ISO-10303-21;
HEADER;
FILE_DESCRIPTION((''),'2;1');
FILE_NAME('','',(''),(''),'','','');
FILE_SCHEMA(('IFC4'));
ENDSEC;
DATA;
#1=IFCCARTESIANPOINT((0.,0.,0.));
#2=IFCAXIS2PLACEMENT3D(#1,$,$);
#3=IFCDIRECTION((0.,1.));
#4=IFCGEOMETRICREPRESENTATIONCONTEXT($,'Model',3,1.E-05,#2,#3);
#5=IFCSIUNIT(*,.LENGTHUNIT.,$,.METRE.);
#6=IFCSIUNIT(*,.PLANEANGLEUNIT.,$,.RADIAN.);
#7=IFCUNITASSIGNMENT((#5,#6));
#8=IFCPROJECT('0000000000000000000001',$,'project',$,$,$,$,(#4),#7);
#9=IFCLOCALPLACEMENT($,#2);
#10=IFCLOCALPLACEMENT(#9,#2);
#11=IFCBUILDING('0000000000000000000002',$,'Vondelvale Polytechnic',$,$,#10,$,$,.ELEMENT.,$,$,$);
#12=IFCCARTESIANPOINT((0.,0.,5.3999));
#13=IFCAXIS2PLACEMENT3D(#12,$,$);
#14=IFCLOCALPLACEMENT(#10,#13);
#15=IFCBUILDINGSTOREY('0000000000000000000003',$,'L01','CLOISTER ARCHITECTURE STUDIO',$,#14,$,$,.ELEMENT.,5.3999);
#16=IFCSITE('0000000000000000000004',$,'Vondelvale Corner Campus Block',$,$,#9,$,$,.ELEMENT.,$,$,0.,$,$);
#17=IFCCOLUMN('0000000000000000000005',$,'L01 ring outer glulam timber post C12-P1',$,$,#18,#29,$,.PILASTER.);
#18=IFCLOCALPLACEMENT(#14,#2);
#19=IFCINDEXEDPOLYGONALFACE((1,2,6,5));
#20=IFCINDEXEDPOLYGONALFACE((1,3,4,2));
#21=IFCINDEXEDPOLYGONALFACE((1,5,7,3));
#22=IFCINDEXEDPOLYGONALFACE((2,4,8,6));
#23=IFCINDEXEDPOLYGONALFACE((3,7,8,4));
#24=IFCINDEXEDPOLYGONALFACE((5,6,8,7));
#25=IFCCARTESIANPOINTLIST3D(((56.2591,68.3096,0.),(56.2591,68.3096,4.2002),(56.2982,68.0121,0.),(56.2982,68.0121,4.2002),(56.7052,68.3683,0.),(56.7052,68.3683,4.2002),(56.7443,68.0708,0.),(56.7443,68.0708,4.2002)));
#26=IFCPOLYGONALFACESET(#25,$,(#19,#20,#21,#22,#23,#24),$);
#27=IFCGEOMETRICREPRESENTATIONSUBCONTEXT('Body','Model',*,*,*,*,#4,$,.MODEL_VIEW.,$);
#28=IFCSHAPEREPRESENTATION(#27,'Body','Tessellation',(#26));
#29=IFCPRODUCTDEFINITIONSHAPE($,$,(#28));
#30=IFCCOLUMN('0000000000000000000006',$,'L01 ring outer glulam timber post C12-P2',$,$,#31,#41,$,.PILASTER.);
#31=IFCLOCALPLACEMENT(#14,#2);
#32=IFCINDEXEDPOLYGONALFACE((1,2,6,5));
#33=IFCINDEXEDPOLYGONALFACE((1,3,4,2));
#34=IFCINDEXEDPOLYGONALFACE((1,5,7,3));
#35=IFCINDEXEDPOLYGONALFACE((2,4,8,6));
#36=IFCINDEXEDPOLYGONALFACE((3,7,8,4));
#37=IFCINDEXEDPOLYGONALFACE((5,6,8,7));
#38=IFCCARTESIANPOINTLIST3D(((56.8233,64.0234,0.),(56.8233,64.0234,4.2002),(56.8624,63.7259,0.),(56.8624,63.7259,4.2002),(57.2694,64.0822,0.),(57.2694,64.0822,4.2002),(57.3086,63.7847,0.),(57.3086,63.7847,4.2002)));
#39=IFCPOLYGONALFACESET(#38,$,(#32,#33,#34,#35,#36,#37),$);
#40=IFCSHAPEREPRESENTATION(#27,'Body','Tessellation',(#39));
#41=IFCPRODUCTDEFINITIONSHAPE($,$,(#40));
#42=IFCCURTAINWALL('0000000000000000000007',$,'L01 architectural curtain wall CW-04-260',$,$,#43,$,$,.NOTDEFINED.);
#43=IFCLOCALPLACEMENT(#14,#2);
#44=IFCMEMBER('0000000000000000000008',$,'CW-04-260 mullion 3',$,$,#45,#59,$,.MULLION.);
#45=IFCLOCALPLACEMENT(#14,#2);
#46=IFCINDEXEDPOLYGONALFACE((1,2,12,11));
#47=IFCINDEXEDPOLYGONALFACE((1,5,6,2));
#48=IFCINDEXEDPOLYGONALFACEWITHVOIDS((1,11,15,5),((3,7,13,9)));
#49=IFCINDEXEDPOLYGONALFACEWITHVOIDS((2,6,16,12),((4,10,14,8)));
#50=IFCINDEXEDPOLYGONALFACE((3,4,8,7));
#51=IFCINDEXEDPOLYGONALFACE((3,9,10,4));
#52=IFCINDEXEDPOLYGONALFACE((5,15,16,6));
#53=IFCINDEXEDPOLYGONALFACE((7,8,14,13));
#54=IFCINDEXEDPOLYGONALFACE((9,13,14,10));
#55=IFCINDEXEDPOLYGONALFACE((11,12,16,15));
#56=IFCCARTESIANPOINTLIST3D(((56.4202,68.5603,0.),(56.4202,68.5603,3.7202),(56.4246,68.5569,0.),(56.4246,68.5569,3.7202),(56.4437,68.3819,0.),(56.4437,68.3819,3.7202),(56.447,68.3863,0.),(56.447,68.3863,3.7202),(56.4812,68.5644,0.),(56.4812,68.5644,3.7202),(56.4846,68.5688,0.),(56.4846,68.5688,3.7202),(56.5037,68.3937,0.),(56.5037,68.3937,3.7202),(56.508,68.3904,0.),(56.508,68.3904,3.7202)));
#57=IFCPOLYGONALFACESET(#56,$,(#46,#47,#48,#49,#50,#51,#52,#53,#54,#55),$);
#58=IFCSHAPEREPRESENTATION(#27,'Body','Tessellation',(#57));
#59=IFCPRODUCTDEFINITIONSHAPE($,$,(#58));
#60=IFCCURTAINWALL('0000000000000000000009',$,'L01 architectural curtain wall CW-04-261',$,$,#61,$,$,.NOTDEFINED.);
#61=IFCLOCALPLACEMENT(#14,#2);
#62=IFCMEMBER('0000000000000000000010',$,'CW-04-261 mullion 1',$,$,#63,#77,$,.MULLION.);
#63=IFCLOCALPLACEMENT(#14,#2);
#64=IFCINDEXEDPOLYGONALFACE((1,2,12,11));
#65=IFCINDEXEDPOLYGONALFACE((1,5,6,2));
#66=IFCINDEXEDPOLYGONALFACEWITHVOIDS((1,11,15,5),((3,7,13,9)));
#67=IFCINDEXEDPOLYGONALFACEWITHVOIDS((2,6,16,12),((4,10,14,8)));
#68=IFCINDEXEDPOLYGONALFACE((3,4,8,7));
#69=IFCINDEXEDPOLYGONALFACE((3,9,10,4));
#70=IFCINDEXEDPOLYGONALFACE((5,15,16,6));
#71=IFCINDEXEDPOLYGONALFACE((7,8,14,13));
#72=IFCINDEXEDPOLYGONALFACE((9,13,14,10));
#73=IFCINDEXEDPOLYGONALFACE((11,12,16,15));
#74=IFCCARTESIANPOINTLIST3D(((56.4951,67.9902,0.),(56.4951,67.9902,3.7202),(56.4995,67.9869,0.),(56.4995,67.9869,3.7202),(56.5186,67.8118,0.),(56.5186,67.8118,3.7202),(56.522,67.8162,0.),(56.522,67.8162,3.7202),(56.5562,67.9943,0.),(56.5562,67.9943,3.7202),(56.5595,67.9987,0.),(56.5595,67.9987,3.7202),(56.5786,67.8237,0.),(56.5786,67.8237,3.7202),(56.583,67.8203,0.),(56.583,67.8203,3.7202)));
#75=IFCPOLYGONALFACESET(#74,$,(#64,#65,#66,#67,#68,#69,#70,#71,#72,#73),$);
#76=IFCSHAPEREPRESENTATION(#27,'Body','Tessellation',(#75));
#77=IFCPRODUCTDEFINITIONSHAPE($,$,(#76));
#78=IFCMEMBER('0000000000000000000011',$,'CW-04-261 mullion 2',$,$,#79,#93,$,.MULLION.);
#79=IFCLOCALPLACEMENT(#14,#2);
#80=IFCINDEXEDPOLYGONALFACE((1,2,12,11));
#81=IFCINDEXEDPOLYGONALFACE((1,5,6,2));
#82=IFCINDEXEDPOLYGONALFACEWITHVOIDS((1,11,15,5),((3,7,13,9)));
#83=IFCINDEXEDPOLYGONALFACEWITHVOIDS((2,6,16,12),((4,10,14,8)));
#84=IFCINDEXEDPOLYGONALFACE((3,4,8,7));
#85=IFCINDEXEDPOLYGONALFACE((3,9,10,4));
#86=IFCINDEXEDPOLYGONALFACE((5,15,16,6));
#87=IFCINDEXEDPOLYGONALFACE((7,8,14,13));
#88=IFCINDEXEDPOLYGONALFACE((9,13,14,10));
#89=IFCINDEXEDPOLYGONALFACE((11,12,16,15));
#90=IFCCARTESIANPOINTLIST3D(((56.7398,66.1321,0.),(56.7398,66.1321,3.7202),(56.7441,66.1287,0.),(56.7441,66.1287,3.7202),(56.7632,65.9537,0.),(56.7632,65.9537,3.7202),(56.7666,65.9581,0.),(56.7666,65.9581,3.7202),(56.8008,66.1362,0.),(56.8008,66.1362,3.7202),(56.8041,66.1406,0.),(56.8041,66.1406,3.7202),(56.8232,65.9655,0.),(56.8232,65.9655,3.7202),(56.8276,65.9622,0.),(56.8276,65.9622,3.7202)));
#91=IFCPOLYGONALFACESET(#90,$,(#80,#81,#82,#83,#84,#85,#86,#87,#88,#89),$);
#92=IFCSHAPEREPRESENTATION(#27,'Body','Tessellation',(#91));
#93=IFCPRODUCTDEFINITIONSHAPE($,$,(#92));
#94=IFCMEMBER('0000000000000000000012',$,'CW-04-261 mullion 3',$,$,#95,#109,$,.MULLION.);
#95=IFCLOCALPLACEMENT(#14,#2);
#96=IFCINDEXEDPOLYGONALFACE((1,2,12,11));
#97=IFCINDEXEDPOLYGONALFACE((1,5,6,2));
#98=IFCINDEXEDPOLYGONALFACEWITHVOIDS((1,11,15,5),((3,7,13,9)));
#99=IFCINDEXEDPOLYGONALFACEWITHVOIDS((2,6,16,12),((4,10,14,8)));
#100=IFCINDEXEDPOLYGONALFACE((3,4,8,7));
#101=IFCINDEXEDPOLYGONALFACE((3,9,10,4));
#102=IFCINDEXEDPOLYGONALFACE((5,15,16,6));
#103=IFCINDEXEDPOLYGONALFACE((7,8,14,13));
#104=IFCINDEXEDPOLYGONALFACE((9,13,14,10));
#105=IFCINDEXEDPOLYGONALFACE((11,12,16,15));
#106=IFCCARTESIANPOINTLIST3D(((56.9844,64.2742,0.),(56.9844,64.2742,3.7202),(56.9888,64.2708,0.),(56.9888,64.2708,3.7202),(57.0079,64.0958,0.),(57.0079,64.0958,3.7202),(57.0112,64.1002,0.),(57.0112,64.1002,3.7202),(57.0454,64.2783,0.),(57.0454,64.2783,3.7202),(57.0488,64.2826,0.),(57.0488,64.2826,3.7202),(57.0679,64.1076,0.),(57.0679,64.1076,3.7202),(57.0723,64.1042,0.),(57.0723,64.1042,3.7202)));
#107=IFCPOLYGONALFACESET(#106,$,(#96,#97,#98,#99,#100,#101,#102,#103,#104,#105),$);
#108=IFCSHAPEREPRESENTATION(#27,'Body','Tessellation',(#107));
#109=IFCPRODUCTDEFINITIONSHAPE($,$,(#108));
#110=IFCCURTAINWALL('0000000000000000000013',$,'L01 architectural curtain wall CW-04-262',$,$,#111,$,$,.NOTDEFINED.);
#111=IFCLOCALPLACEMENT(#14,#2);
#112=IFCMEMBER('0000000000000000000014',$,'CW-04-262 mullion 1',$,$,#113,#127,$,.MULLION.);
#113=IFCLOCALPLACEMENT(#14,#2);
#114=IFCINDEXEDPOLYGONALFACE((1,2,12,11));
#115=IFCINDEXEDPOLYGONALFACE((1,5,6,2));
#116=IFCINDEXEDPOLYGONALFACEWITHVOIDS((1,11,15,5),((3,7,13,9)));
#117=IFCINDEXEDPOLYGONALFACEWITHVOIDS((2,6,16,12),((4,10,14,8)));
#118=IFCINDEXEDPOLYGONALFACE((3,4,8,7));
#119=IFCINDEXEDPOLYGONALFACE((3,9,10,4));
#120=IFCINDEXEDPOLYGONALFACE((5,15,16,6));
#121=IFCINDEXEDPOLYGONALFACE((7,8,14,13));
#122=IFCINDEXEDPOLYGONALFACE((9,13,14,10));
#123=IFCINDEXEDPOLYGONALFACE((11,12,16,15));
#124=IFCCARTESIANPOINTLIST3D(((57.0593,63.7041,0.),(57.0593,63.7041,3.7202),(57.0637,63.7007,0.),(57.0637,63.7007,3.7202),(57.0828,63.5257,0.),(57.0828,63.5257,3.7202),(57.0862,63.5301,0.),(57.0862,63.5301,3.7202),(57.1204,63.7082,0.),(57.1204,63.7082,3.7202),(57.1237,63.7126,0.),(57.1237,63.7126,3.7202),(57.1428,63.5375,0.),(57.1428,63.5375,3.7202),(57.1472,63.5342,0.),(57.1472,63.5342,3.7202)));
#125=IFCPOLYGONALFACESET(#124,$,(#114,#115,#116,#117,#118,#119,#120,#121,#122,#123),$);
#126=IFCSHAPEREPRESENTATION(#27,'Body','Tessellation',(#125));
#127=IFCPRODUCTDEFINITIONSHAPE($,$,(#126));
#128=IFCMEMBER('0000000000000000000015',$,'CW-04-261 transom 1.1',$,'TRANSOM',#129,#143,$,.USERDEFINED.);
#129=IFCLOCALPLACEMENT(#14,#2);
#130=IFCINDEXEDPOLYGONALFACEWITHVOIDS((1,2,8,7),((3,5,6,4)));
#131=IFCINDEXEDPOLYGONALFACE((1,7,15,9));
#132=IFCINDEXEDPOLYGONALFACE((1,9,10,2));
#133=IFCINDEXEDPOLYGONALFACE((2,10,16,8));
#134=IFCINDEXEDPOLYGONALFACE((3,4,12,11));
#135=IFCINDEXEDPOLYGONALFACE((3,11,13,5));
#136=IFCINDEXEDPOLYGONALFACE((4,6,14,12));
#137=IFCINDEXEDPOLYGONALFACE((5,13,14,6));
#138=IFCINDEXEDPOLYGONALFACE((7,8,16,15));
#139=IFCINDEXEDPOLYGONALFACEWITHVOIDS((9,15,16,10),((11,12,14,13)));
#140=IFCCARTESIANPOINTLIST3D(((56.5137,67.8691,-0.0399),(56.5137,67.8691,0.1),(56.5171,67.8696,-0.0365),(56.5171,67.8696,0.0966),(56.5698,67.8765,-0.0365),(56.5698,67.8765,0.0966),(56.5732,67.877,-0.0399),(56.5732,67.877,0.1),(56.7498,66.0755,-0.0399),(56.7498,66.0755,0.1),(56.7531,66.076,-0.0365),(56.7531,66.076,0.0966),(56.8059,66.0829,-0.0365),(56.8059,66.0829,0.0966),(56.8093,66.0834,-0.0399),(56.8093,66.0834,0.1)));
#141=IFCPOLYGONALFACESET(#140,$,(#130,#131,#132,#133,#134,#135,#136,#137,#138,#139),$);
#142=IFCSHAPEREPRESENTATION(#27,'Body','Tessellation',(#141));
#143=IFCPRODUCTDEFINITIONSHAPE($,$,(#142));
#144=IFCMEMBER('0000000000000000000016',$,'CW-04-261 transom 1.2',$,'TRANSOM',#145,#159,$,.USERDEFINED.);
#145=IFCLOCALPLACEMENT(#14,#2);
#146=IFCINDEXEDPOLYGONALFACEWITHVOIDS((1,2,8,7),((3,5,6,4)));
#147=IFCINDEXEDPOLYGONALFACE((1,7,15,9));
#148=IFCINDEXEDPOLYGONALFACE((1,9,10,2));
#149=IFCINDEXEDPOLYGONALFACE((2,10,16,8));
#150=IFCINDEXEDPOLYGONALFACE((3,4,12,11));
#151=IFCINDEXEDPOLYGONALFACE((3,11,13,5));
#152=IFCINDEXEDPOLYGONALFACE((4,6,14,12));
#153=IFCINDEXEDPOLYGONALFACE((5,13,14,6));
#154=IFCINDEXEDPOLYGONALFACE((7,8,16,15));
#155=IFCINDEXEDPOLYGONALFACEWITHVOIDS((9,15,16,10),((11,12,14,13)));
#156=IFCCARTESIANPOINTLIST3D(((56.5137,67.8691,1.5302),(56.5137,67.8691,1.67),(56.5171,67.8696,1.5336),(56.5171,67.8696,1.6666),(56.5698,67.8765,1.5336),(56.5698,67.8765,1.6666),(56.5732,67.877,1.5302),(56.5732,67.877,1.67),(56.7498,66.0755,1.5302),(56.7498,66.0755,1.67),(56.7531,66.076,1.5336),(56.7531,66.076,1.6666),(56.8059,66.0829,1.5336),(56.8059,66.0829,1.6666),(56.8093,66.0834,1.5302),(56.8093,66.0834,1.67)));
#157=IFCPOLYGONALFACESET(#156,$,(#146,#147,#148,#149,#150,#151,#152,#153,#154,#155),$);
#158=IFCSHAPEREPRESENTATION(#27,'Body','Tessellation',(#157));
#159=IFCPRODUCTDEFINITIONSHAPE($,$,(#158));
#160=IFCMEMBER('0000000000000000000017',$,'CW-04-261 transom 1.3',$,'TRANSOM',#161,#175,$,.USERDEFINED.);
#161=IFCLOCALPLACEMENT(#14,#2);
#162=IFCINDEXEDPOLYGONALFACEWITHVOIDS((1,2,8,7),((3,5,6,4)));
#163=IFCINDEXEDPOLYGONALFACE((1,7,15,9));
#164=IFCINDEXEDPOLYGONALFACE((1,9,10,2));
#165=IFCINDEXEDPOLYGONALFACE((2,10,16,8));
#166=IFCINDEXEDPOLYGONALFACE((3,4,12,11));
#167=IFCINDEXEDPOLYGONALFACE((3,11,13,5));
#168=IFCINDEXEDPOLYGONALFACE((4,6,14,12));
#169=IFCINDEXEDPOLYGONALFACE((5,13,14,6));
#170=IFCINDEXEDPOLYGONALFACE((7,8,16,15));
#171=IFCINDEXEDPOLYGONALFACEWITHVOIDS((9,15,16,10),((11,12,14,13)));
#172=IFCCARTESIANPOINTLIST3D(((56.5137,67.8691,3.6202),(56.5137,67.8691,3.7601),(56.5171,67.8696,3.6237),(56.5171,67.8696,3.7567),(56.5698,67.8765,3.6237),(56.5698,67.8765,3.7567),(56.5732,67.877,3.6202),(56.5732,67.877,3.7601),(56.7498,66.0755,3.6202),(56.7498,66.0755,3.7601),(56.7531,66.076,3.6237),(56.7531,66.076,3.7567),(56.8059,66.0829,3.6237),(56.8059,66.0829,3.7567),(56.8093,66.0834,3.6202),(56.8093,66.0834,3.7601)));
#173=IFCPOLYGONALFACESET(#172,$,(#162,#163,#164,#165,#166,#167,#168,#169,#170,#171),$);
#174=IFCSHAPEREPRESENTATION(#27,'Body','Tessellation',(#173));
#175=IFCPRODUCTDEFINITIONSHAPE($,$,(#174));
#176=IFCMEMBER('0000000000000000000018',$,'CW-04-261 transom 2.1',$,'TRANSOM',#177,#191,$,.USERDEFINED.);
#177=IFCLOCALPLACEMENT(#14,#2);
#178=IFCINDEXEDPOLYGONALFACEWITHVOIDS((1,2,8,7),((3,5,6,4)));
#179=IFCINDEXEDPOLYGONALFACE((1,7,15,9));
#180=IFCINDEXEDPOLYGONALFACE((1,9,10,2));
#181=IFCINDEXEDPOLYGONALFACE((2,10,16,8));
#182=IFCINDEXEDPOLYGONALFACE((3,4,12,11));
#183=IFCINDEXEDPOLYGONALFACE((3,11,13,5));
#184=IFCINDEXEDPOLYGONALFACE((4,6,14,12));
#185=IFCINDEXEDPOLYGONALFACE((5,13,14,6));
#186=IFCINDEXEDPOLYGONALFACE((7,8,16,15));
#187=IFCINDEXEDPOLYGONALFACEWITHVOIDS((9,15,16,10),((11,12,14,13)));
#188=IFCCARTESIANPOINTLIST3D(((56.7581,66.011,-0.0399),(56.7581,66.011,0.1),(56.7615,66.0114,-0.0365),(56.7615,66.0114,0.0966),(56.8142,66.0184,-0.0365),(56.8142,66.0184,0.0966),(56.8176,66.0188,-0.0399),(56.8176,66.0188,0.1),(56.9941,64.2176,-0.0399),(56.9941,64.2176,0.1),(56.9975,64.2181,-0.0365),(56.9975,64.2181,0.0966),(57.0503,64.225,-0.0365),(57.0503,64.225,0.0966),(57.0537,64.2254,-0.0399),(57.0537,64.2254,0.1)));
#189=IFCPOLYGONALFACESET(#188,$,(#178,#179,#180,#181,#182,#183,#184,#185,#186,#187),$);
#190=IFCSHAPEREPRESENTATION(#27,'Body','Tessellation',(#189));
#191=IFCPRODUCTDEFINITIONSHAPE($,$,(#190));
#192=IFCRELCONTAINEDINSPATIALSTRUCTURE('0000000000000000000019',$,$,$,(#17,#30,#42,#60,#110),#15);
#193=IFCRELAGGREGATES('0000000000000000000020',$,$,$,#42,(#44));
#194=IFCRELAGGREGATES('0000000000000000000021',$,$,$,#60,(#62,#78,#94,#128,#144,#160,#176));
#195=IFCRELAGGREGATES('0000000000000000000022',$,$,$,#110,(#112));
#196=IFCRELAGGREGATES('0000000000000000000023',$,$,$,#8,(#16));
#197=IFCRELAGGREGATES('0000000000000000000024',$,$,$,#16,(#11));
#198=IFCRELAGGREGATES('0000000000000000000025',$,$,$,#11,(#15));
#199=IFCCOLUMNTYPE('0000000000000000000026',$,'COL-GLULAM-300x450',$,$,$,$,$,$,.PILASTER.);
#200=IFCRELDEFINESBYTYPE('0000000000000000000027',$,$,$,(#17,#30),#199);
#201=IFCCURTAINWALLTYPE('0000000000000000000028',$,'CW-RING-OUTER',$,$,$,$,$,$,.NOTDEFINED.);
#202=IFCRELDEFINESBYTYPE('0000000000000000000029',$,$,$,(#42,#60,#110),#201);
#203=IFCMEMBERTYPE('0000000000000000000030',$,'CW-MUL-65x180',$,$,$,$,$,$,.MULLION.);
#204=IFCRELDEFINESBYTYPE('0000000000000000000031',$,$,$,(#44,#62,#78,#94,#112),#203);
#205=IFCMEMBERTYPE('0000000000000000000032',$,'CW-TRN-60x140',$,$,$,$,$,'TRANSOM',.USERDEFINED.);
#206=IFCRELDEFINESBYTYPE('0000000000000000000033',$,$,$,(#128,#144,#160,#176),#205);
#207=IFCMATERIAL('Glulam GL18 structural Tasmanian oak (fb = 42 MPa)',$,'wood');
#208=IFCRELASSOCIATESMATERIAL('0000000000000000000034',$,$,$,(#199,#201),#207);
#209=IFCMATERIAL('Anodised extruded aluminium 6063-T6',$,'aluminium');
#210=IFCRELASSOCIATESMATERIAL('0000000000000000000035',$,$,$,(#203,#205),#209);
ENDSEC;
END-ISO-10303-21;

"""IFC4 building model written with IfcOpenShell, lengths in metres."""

from ifc_helpers import new_model, si_unit, direction, frame, origin, origin_2d, place, context, subcontext, project, spatial, rectangle, hollow_rectangle, extrude, material, material_profile, profile_set, type_object, element, aggregate, save


model = new_model("IFC4")

# Units and contexts
model_context = context("Model", 3, precision=1e-05, world=origin(), true_north=direction((0.0, 1.0)))
body_context = subcontext(model_context, "Body", "Model", "MODEL_VIEW")
ifc_project = project(units=[si_unit("LENGTHUNIT", "METRE"), si_unit("PLANEANGLEUNIT", "RADIAN")], contexts=[model_context])

# Site, building, storey
site_placement = place(None, origin())
site = spatial("IfcSite", under=ifc_project, at=site_placement, Name="Vondelvale Corner Campus Block", CompositionType="ELEMENT", RefElevation=0.0)
building_placement = place(site_placement, origin())
building = spatial("IfcBuilding", under=site, at=building_placement, Name="Vondelvale Polytechnic", CompositionType="ELEMENT")
storey_placement = place(building_placement, frame((0.0, 0.0, 5.3999)))
storey = spatial("IfcBuildingStorey", under=building, at=storey_placement, Name="L01", Description="CLOISTER ARCHITECTURE STUDIO", CompositionType="ELEMENT", Elevation=5.3999)

# Columns
ifc_material_1 = material(Name="Glulam GL18 structural Tasmanian oak (fb = 42 MPa)", Category="wood")
ifc_material_profile_1 = material_profile(ifc_material_1, rectangle(XDim=0.3, YDim=0.45, at=origin_2d()), Name="GL-POST-300x450")
ifc_profile_set_1 = profile_set([ifc_material_profile_1], Name="Glulam GL18 structural Tasmanian oak (fb = 42 MPa)")
column_type = type_object("IfcColumnType", Name="COL-GLULAM-300x450", PredefinedType="PILASTER", material=ifc_profile_set_1)
for number, where, z_axis, x_axis, name in (
    (1, (56.5017, 68.1902, 0.0), (0.0, 0.0, 1.0), (-0.130526, 0.991445, 0.0), "L01 ring outer glulam timber post C12-P1"),
    (2, (57.0659, 63.9041, 0.0), (0.0, 0.0, 1.0), (-0.130526, 0.991445, 0.0), "L01 ring outer glulam timber post C12-P2"),
):
    element("IfcColumn", number, at=place(storey_placement, frame(where, z_axis=z_axis, x_axis=x_axis)), inside=storey, type_object=column_type, Name=name, PredefinedType="PILASTER", context=body_context, shape_type="SweptSolid", body=[
        extrude(rectangle(XDim=0.3, YDim=0.45, at=origin_2d()), origin(), (0.0, 0.0, 1.0), 4.2002),
    ])

# Curtain wall, member
curtain_wall_type = type_object("IfcCurtainWallType", Name="CW-RING-OUTER", PredefinedType="NOTDEFINED", material=ifc_material_1)
curtain_wall_1_placement = place(storey_placement, origin())
curtain_wall_1 = element("IfcCurtainWall", 3, at=curtain_wall_1_placement, inside=storey, type_object=curtain_wall_type, Name="L01 architectural curtain wall CW-04-260", PredefinedType="NOTDEFINED")
ifc_material_2 = material(Name="Anodised extruded aluminium 6063-T6", Category="aluminium")
ifc_material_profile_2 = material_profile(ifc_material_2, hollow_rectangle(XDim=0.0649, YDim=0.1799, WallThickness=0.0039, at=origin_2d()), Name="CW-MUL-180x65")
ifc_profile_set_2 = profile_set([ifc_material_profile_2], Name="Anodised extruded aluminium 6063-T6")
member_type_1 = type_object("IfcMemberType", Name="CW-MUL-65x180", PredefinedType="MULLION", material=ifc_profile_set_2)
member_1_placement = place(storey_placement, frame((56.4641, 68.4753, 0.0), z_axis=(0.0, 0.0, 1.0), x_axis=(0.991443, 0.13054, 0.0)))
member_1 = element("IfcMember", 4, at=member_1_placement, type_object=member_type_1, Name="CW-04-260 mullion 3", PredefinedType="MULLION", context=body_context, shape_type="SweptSolid", body=[
    extrude(hollow_rectangle(XDim=0.0649, YDim=0.1799, WallThickness=0.0039, at=origin_2d()), origin(), (0.0, 0.0, 1.0), 3.7202),
])

# Curtain wall, members
curtain_wall_2_placement = place(storey_placement, origin())
curtain_wall_2 = element("IfcCurtainWall", 5, at=curtain_wall_2_placement, inside=storey, type_object=curtain_wall_type, Name="L01 architectural curtain wall CW-04-261", PredefinedType="NOTDEFINED")
member_2_placement = place(storey_placement, frame((56.5391, 67.9053, 0.0), z_axis=(0.0, 0.0, 1.0), x_axis=(0.991449, 0.130497, 0.0)))
member_2 = element("IfcMember", 6, at=member_2_placement, type_object=member_type_1, Name="CW-04-261 mullion 1", PredefinedType="MULLION", context=body_context, shape_type="SweptSolid", body=[
    extrude(hollow_rectangle(XDim=0.0649, YDim=0.1799, WallThickness=0.0039, at=origin_2d()), origin(), (0.0, 0.0, 1.0), 3.7202),
])
member_3_placement = place(storey_placement, frame((56.7837, 66.0471, 0.0), z_axis=(0.0, 0.0, 1.0), x_axis=(0.991449, 0.130497, 0.0)))
member_3 = element("IfcMember", 7, at=member_3_placement, type_object=member_type_1, Name="CW-04-261 mullion 2", PredefinedType="MULLION", context=body_context, shape_type="SweptSolid", body=[
    extrude(hollow_rectangle(XDim=0.0649, YDim=0.1799, WallThickness=0.0039, at=origin_2d()), origin(), (0.0, 0.0, 1.0), 3.7202),
])
member_4_placement = place(storey_placement, frame((57.0283, 64.1892, 0.0), z_axis=(0.0, 0.0, 1.0), x_axis=(0.991449, 0.130497, 0.0)))
member_4 = element("IfcMember", 8, at=member_4_placement, type_object=member_type_1, Name="CW-04-261 mullion 3", PredefinedType="MULLION", context=body_context, shape_type="SweptSolid", body=[
    extrude(hollow_rectangle(XDim=0.0649, YDim=0.1799, WallThickness=0.0039, at=origin_2d()), origin(), (0.0, 0.0, 1.0), 3.7202),
])

# Curtain wall, member
curtain_wall_3_placement = place(storey_placement, origin())
curtain_wall_3 = element("IfcCurtainWall", 9, at=curtain_wall_3_placement, inside=storey, type_object=curtain_wall_type, Name="L01 architectural curtain wall CW-04-262", PredefinedType="NOTDEFINED")
member_5_placement = place(storey_placement, frame((57.1033, 63.6191, 0.0), z_axis=(0.0, 0.0, 1.0), x_axis=(0.991443, 0.13054, 0.0)))
member_5 = element("IfcMember", 10, at=member_5_placement, type_object=member_type_1, Name="CW-04-262 mullion 1", PredefinedType="MULLION", context=body_context, shape_type="SweptSolid", body=[
    extrude(hollow_rectangle(XDim=0.0649, YDim=0.1799, WallThickness=0.0039, at=origin_2d()), origin(), (0.0, 0.0, 1.0), 3.7202),
])

# Members
ifc_material_profile_3 = material_profile(ifc_material_2, hollow_rectangle(XDim=0.0601, YDim=0.1399, WallThickness=0.0034, at=origin_2d()), Name="CW-TRN-140x60")
ifc_profile_set_3 = profile_set([ifc_material_profile_3], Name="Anodised extruded aluminium 6063-T6")
member_type_2 = type_object("IfcMemberType", Name="CW-TRN-60x140", ElementType="TRANSOM", PredefinedType="USERDEFINED", material=ifc_profile_set_3)
member_6_placement = place(storey_placement, frame((56.5435, 67.873, 0.03), z_axis=(0.130493, -0.991449, 0.0), x_axis=(0.991449, 0.130493, 0.0)))
member_6 = element("IfcMember", 11, at=member_6_placement, type_object=member_type_2, Name="CW-04-261 transom 1.1", ObjectType="TRANSOM", PredefinedType="USERDEFINED", context=body_context, shape_type="SweptSolid", body=[
    extrude(hollow_rectangle(XDim=0.0601, YDim=0.1399, WallThickness=0.0034, at=origin_2d()), origin(), (0.0, 0.0, 1.0), 1.8091),
])
member_7_placement = place(storey_placement, frame((56.5435, 67.873, 1.6001), z_axis=(0.130493, -0.991449, 0.0), x_axis=(0.991449, 0.130493, 0.0)))
member_7 = element("IfcMember", 12, at=member_7_placement, type_object=member_type_2, Name="CW-04-261 transom 1.2", ObjectType="TRANSOM", PredefinedType="USERDEFINED", context=body_context, shape_type="SweptSolid", body=[
    extrude(hollow_rectangle(XDim=0.0601, YDim=0.1399, WallThickness=0.0034, at=origin_2d()), origin(), (0.0, 0.0, 1.0), 1.8091),
])
member_8_placement = place(storey_placement, frame((56.5435, 67.873, 3.6902), z_axis=(0.130493, -0.991449, 0.0), x_axis=(0.991449, 0.130493, 0.0)))
member_8 = element("IfcMember", 13, at=member_8_placement, type_object=member_type_2, Name="CW-04-261 transom 1.3", ObjectType="TRANSOM", PredefinedType="USERDEFINED", context=body_context, shape_type="SweptSolid", body=[
    extrude(hollow_rectangle(XDim=0.0601, YDim=0.1399, WallThickness=0.0034, at=origin_2d()), origin(), (0.0, 0.0, 1.0), 1.8091),
])
member_9_placement = place(storey_placement, frame((56.7878, 66.0149, 0.03), z_axis=(0.13051, -0.991447, 0.0), x_axis=(0.991447, 0.13051, 0.0)))
member_9 = element("IfcMember", 14, at=member_9_placement, type_object=member_type_2, Name="CW-04-261 transom 2.1", ObjectType="TRANSOM", PredefinedType="USERDEFINED", context=body_context, shape_type="SweptSolid", body=[
    extrude(hollow_rectangle(XDim=0.0601, YDim=0.1399, WallThickness=0.0034, at=origin_2d()), origin(), (0.0, 0.0, 1.0), 1.8088),
])

aggregate(curtain_wall_1, [member_1])
aggregate(curtain_wall_2, [member_2, member_3, member_4, member_6, member_7, member_8, member_9])
aggregate(curtain_wall_3, [member_5])

save(model, "model.ifc")
